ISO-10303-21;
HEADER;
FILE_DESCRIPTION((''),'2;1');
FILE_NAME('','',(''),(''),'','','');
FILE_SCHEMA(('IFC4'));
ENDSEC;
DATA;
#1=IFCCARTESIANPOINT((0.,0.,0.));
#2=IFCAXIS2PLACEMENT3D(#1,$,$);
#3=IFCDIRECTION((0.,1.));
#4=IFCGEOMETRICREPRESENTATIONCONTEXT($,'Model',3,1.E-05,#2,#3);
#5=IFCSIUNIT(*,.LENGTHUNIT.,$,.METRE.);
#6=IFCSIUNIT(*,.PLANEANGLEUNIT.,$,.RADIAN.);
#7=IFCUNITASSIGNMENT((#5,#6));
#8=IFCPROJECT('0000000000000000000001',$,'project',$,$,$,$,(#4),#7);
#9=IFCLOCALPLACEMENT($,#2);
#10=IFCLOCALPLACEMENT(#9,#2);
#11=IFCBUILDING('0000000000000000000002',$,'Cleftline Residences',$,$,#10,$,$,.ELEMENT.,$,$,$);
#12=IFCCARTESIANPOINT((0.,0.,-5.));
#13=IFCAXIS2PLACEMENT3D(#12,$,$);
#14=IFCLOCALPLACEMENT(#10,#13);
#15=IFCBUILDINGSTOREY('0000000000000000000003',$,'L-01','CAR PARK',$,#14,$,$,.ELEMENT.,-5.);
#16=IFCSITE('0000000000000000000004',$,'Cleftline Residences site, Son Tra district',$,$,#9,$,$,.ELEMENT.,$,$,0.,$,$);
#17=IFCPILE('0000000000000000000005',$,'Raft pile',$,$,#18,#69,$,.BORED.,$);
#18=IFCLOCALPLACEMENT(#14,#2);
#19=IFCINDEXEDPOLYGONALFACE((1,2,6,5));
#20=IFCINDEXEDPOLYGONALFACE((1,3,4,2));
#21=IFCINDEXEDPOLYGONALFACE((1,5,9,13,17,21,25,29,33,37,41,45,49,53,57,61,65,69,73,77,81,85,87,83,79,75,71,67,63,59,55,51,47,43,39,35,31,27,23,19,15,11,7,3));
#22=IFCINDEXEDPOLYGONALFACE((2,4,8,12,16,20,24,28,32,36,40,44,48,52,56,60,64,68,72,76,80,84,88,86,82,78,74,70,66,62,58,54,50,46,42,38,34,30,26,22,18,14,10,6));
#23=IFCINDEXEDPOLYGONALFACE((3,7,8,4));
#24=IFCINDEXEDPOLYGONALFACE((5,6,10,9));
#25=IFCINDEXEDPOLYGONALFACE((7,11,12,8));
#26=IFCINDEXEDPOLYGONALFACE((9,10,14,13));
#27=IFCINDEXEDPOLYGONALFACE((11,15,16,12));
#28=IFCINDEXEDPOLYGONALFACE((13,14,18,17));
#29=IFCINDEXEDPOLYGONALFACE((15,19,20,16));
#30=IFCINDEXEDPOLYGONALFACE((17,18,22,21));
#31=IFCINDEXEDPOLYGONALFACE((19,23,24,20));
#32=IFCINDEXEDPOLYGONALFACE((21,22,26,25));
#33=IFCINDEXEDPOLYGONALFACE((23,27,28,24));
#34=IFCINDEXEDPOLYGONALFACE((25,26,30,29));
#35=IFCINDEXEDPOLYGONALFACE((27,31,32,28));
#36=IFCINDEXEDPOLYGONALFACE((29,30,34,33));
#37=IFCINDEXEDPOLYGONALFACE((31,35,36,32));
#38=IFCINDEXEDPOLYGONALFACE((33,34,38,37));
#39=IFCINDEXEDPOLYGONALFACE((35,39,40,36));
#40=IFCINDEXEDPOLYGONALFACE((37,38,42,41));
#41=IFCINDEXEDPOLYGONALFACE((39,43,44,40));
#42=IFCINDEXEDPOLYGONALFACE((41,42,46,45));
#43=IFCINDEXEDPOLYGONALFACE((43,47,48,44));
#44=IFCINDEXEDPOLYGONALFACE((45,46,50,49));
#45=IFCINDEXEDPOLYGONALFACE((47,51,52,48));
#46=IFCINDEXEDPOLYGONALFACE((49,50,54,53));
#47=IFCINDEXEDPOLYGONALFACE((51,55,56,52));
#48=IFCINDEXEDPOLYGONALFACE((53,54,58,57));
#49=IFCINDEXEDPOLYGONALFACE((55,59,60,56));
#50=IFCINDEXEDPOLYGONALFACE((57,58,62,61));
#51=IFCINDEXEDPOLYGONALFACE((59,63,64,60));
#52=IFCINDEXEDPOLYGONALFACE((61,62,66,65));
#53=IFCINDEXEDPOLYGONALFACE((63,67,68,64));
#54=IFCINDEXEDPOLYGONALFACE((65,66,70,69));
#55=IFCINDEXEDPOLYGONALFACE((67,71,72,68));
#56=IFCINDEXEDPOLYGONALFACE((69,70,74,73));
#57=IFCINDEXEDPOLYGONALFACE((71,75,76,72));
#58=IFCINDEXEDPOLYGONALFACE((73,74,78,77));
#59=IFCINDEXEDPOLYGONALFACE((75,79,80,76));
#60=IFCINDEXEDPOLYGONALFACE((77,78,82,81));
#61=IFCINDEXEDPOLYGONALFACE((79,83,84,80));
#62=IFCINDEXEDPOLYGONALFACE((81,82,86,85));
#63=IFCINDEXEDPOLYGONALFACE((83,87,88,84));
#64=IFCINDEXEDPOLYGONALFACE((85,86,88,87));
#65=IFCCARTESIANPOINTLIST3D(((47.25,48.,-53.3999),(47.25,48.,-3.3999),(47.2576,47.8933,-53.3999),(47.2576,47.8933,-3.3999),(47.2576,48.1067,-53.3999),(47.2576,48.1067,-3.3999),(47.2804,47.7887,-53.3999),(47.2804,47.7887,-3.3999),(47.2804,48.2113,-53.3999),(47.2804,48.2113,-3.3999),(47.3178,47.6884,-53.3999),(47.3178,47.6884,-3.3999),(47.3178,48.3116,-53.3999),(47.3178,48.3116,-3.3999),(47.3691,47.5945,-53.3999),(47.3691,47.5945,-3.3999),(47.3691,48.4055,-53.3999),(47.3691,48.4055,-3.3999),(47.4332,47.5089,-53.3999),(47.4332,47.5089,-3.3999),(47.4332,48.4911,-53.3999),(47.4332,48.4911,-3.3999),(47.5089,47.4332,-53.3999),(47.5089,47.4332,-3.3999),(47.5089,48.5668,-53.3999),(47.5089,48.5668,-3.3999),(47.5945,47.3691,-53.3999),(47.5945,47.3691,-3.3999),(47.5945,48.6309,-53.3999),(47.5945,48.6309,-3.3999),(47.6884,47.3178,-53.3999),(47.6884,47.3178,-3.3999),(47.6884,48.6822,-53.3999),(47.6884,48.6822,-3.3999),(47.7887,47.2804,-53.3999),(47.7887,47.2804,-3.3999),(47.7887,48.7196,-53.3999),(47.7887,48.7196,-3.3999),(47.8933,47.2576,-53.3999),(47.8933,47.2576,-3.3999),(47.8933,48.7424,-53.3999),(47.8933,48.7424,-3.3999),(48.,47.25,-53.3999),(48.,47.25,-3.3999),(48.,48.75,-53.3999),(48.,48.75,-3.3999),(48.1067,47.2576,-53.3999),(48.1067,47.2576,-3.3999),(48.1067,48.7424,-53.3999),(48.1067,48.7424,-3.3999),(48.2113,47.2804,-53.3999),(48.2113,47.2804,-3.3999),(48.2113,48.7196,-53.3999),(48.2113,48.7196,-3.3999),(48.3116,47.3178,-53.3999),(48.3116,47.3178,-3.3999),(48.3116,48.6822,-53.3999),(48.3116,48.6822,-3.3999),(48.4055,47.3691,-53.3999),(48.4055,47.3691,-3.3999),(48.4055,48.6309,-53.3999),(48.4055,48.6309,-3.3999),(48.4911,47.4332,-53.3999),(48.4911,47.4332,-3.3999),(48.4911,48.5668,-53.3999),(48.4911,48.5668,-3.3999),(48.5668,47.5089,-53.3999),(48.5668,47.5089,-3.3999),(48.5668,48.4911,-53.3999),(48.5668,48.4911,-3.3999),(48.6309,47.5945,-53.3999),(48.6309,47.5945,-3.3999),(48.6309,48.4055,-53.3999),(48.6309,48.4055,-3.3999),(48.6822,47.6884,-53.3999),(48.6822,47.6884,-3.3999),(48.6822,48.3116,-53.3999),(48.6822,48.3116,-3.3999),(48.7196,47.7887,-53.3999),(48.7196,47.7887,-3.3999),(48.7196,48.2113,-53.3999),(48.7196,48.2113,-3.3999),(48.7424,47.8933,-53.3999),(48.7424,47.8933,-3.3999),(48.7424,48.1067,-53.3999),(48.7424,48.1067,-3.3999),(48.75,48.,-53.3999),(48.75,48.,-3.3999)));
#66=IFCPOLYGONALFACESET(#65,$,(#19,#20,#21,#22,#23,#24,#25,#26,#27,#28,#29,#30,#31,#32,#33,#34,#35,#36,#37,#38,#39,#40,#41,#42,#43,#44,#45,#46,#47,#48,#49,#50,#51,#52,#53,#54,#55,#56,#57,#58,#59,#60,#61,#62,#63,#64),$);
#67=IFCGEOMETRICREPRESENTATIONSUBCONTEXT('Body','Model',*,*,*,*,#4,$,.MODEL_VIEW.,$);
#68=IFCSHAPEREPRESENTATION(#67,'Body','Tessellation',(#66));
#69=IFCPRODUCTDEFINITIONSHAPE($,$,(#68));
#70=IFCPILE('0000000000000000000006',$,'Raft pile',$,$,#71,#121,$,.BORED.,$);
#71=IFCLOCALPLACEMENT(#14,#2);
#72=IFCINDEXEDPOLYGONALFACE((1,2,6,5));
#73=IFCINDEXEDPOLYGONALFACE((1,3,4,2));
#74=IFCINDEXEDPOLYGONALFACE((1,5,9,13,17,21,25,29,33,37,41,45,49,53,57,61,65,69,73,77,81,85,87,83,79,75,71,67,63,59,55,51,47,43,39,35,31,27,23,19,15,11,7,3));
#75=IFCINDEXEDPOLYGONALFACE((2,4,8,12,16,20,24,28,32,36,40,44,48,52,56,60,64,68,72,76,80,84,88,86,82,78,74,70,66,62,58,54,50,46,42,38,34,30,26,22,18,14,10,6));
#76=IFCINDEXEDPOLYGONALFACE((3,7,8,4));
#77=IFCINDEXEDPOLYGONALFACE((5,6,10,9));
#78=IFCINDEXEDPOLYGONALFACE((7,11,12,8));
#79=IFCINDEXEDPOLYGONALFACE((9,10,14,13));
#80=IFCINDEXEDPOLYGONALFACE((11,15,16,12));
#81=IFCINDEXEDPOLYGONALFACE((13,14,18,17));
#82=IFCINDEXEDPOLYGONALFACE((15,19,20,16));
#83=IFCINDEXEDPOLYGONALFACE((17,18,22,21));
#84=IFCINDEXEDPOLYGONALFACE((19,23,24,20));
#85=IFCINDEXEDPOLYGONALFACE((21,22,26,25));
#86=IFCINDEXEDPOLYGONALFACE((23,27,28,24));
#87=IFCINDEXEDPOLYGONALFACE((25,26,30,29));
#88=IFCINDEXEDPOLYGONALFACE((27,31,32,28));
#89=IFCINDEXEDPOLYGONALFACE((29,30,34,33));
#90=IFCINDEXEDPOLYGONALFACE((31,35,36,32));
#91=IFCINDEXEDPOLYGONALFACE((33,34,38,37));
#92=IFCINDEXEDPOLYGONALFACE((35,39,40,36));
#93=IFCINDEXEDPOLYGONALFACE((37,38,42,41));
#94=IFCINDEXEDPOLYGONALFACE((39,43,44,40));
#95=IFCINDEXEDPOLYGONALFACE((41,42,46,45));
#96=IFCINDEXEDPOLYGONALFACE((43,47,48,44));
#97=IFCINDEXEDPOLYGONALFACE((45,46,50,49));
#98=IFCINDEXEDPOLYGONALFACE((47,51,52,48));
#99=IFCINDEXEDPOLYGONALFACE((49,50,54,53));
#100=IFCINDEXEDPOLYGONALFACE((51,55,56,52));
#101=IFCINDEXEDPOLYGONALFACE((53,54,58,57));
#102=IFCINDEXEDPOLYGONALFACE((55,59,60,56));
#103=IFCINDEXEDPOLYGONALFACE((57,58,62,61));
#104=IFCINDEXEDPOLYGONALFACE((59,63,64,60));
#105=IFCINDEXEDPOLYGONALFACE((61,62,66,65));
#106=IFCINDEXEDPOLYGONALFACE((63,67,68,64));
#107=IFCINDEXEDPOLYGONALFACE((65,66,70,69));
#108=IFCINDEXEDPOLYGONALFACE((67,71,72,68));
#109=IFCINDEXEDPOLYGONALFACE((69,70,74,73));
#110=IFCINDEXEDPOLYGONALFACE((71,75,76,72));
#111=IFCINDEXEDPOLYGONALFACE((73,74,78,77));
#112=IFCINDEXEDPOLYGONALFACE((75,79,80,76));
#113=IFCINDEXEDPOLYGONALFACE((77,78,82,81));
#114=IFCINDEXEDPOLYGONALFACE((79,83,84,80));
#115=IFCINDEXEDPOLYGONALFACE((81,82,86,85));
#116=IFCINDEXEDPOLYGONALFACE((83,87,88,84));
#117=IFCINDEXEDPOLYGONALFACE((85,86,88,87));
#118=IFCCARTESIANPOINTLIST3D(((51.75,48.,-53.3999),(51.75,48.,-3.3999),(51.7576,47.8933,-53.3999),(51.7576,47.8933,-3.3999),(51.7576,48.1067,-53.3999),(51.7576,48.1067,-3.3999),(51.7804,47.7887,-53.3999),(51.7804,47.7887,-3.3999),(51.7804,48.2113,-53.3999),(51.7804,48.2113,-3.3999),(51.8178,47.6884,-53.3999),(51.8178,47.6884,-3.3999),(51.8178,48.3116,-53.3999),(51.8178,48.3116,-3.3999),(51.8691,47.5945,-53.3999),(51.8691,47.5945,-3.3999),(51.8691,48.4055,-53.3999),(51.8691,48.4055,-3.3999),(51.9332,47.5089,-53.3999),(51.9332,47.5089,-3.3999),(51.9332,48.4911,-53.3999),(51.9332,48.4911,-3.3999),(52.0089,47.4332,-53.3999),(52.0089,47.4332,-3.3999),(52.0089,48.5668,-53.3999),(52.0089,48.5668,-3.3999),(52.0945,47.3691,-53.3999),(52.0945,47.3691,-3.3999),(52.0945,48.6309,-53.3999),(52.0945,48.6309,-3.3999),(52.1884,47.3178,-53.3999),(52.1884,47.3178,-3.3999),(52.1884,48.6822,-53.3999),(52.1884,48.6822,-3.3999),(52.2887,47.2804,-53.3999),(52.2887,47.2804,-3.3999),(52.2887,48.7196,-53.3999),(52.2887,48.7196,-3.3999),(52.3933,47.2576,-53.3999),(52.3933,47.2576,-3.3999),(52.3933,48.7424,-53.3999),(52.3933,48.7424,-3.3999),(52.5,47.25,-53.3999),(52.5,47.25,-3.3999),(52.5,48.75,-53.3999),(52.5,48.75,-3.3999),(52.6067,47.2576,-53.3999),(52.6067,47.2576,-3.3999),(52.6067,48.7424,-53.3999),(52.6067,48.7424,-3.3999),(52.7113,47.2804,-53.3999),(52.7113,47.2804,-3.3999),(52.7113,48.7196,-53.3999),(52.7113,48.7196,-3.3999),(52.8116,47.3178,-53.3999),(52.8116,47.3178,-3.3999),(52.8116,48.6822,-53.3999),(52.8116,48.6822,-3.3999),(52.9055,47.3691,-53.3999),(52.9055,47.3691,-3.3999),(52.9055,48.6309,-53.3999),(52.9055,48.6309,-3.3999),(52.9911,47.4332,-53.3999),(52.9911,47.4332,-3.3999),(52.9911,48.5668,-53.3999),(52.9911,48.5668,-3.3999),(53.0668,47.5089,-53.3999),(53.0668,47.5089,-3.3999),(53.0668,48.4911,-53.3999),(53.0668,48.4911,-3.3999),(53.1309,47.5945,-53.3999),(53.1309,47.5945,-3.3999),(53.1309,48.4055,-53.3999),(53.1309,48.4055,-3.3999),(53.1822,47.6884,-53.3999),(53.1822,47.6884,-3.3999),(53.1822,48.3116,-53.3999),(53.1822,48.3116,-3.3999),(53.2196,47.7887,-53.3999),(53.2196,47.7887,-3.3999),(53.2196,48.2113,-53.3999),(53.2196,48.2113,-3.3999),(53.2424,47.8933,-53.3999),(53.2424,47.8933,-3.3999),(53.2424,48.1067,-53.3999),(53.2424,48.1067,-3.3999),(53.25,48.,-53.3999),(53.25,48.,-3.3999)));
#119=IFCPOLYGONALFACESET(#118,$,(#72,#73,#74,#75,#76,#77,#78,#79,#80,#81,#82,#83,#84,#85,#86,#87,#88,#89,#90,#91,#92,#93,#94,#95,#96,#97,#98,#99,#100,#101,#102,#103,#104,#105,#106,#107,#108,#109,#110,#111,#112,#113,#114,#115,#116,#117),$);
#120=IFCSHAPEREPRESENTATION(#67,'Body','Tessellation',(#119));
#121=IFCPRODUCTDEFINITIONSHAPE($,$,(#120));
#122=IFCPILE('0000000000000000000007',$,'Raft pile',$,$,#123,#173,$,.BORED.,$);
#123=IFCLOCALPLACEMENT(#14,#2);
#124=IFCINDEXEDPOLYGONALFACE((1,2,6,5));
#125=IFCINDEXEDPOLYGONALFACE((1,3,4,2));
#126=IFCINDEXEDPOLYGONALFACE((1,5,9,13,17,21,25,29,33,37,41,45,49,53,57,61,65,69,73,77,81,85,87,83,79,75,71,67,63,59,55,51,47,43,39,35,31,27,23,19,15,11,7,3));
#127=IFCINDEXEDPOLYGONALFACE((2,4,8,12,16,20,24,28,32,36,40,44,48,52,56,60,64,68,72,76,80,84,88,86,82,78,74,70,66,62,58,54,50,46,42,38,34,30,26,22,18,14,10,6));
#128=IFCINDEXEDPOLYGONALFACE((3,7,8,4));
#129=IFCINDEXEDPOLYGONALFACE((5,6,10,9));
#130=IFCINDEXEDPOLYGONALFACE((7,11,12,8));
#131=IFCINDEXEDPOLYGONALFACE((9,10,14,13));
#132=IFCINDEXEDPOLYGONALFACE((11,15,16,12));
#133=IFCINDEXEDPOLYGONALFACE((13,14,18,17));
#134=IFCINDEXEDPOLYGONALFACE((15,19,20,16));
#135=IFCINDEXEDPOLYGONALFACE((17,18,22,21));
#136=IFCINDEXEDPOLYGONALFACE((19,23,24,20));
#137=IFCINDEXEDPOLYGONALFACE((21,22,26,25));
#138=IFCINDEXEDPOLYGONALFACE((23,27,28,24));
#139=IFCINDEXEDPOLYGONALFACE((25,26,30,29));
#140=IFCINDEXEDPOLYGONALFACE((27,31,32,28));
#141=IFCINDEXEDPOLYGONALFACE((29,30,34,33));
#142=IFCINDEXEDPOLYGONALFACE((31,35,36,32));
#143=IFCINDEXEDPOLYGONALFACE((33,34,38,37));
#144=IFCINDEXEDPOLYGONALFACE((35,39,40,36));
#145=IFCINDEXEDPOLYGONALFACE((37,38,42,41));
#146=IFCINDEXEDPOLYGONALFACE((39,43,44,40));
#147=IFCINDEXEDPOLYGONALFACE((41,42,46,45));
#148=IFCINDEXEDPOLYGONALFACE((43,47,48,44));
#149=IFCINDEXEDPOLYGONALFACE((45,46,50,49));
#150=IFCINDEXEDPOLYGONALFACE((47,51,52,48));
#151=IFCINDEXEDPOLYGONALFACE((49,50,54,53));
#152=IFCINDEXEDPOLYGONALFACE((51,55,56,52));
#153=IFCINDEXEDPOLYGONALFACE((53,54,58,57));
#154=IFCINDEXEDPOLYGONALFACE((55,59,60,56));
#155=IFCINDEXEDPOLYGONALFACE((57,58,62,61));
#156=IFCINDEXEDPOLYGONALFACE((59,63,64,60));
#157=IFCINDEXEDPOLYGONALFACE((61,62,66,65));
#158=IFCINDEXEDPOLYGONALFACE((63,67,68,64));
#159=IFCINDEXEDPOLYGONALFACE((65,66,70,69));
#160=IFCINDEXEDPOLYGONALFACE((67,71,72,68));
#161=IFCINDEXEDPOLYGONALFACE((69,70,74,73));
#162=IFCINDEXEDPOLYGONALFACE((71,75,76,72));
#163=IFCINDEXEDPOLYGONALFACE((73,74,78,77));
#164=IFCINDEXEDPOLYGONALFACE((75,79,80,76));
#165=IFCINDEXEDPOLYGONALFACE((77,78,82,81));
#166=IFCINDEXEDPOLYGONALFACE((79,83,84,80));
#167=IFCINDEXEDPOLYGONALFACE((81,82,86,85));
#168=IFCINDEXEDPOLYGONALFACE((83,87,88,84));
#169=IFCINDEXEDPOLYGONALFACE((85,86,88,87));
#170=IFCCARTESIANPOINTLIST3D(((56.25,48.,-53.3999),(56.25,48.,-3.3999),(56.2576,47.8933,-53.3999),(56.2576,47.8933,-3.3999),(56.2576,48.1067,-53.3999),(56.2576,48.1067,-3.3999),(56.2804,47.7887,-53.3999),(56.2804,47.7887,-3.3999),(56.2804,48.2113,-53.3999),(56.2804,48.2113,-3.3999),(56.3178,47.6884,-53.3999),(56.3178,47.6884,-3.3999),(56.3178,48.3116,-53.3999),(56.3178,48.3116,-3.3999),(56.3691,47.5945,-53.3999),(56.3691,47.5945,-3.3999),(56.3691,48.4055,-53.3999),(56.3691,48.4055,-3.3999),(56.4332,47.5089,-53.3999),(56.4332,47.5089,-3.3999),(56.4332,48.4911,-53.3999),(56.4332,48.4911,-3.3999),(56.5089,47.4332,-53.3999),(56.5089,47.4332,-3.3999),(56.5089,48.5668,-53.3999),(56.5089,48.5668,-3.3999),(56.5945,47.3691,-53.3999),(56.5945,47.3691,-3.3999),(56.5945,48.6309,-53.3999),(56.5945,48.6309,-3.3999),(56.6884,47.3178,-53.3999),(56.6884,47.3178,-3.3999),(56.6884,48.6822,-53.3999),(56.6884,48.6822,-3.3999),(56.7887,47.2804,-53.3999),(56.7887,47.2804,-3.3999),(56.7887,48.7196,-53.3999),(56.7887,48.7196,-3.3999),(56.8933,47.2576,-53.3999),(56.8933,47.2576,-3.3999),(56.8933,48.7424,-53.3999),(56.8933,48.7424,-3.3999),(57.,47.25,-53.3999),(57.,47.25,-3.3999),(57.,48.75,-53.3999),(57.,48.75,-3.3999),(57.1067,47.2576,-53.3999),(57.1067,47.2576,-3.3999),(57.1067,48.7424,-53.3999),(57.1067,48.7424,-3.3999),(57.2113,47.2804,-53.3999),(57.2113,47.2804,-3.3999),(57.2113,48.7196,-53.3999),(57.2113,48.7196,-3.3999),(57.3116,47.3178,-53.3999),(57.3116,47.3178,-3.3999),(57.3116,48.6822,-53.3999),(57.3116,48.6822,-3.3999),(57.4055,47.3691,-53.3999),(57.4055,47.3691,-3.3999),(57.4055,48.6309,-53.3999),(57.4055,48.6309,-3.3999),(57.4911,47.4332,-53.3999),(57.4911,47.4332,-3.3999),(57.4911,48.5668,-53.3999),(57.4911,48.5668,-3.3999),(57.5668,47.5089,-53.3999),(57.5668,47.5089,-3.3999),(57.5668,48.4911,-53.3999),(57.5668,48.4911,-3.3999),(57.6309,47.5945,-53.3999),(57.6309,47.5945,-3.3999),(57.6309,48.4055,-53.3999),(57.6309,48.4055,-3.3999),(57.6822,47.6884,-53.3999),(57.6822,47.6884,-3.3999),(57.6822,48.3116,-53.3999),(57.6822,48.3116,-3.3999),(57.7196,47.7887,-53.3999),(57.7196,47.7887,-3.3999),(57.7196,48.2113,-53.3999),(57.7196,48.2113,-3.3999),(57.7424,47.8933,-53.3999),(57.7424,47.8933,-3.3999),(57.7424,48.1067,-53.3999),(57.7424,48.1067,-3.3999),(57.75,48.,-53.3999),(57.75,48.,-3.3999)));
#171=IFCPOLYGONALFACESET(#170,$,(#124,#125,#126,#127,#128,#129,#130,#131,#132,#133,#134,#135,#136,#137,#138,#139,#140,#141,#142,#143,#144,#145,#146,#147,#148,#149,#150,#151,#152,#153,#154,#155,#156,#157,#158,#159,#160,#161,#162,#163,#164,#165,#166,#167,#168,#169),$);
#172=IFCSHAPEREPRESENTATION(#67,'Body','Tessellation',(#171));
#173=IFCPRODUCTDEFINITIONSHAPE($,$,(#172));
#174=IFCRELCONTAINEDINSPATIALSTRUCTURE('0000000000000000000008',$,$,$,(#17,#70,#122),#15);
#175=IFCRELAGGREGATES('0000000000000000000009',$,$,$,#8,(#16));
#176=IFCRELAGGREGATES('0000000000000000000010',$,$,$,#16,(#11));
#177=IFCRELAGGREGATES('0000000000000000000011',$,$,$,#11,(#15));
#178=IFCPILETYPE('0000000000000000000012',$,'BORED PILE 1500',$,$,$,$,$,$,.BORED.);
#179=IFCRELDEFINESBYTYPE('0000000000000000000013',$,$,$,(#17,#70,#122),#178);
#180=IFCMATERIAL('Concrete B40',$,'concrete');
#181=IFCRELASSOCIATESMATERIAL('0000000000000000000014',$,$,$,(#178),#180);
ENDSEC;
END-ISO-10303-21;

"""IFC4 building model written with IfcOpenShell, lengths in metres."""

from ifc_helpers import new_model, si_unit, direction, frame, origin, origin_2d, place, context, subcontext, project, spatial, circle, extrude, material, material_profile, profile_set, type_object, element, save


model = new_model("IFC4")

# Units and contexts
model_context = context("Model", 3, precision=1e-05, world=origin(), true_north=direction((0.0, 1.0)))
body_context = subcontext(model_context, "Body", "Model", "MODEL_VIEW")
ifc_project = project(units=[si_unit("LENGTHUNIT", "METRE"), si_unit("PLANEANGLEUNIT", "RADIAN")], contexts=[model_context])

# Site, building, storey
site_placement = place(None, origin())
site = spatial("IfcSite", under=ifc_project, at=site_placement, Name="Cleftline Residences site, Son Tra district", CompositionType="ELEMENT", RefElevation=0.0)
building_placement = place(site_placement, origin())
building = spatial("IfcBuilding", under=site, at=building_placement, Name="Cleftline Residences", CompositionType="ELEMENT")
storey_placement = place(building_placement, frame((0.0, 0.0, -5.0)))
storey = spatial("IfcBuildingStorey", under=building, at=storey_placement, Name="L-01", Description="CAR PARK", CompositionType="ELEMENT", Elevation=-5.0)

# Piles
ifc_material_1 = material(Name="Concrete B40", Category="concrete")
ifc_material_profile_1 = material_profile(ifc_material_1, circle(Radius=0.75, at=origin_2d()))
ifc_profile_set_1 = profile_set([ifc_material_profile_1], Name="Concrete B40")
pile_type_1 = type_object("IfcPileType", Name="BORED PILE 1500", PredefinedType="BORED", material=ifc_profile_set_1)
for number, where, z_axis, x_axis, name in (
    (1, (48.0, 48.0, -3.3999), (0.0, 0.0, -1.0), (1.0, 0.0, 0.0), "Raft pile"),
    (2, (52.5, 48.0, -3.3999), (0.0, 0.0, -1.0), (1.0, 0.0, 0.0), "Raft pile"),
    (3, (57.0, 48.0, -3.3999), (0.0, 0.0, -1.0), (1.0, 0.0, 0.0), "Raft pile"),
):
    element("IfcPile", number, at=place(storey_placement, frame(where, z_axis=z_axis, x_axis=x_axis)), inside=storey, type_object=pile_type_1, Name=name, PredefinedType="BORED", context=body_context, shape_type="SweptSolid", body=[
        extrude(circle(Radius=0.75, at=origin_2d()), origin(), (0.0, 0.0, 1.0), 50.0),
    ])

save(model, "model.ifc")
